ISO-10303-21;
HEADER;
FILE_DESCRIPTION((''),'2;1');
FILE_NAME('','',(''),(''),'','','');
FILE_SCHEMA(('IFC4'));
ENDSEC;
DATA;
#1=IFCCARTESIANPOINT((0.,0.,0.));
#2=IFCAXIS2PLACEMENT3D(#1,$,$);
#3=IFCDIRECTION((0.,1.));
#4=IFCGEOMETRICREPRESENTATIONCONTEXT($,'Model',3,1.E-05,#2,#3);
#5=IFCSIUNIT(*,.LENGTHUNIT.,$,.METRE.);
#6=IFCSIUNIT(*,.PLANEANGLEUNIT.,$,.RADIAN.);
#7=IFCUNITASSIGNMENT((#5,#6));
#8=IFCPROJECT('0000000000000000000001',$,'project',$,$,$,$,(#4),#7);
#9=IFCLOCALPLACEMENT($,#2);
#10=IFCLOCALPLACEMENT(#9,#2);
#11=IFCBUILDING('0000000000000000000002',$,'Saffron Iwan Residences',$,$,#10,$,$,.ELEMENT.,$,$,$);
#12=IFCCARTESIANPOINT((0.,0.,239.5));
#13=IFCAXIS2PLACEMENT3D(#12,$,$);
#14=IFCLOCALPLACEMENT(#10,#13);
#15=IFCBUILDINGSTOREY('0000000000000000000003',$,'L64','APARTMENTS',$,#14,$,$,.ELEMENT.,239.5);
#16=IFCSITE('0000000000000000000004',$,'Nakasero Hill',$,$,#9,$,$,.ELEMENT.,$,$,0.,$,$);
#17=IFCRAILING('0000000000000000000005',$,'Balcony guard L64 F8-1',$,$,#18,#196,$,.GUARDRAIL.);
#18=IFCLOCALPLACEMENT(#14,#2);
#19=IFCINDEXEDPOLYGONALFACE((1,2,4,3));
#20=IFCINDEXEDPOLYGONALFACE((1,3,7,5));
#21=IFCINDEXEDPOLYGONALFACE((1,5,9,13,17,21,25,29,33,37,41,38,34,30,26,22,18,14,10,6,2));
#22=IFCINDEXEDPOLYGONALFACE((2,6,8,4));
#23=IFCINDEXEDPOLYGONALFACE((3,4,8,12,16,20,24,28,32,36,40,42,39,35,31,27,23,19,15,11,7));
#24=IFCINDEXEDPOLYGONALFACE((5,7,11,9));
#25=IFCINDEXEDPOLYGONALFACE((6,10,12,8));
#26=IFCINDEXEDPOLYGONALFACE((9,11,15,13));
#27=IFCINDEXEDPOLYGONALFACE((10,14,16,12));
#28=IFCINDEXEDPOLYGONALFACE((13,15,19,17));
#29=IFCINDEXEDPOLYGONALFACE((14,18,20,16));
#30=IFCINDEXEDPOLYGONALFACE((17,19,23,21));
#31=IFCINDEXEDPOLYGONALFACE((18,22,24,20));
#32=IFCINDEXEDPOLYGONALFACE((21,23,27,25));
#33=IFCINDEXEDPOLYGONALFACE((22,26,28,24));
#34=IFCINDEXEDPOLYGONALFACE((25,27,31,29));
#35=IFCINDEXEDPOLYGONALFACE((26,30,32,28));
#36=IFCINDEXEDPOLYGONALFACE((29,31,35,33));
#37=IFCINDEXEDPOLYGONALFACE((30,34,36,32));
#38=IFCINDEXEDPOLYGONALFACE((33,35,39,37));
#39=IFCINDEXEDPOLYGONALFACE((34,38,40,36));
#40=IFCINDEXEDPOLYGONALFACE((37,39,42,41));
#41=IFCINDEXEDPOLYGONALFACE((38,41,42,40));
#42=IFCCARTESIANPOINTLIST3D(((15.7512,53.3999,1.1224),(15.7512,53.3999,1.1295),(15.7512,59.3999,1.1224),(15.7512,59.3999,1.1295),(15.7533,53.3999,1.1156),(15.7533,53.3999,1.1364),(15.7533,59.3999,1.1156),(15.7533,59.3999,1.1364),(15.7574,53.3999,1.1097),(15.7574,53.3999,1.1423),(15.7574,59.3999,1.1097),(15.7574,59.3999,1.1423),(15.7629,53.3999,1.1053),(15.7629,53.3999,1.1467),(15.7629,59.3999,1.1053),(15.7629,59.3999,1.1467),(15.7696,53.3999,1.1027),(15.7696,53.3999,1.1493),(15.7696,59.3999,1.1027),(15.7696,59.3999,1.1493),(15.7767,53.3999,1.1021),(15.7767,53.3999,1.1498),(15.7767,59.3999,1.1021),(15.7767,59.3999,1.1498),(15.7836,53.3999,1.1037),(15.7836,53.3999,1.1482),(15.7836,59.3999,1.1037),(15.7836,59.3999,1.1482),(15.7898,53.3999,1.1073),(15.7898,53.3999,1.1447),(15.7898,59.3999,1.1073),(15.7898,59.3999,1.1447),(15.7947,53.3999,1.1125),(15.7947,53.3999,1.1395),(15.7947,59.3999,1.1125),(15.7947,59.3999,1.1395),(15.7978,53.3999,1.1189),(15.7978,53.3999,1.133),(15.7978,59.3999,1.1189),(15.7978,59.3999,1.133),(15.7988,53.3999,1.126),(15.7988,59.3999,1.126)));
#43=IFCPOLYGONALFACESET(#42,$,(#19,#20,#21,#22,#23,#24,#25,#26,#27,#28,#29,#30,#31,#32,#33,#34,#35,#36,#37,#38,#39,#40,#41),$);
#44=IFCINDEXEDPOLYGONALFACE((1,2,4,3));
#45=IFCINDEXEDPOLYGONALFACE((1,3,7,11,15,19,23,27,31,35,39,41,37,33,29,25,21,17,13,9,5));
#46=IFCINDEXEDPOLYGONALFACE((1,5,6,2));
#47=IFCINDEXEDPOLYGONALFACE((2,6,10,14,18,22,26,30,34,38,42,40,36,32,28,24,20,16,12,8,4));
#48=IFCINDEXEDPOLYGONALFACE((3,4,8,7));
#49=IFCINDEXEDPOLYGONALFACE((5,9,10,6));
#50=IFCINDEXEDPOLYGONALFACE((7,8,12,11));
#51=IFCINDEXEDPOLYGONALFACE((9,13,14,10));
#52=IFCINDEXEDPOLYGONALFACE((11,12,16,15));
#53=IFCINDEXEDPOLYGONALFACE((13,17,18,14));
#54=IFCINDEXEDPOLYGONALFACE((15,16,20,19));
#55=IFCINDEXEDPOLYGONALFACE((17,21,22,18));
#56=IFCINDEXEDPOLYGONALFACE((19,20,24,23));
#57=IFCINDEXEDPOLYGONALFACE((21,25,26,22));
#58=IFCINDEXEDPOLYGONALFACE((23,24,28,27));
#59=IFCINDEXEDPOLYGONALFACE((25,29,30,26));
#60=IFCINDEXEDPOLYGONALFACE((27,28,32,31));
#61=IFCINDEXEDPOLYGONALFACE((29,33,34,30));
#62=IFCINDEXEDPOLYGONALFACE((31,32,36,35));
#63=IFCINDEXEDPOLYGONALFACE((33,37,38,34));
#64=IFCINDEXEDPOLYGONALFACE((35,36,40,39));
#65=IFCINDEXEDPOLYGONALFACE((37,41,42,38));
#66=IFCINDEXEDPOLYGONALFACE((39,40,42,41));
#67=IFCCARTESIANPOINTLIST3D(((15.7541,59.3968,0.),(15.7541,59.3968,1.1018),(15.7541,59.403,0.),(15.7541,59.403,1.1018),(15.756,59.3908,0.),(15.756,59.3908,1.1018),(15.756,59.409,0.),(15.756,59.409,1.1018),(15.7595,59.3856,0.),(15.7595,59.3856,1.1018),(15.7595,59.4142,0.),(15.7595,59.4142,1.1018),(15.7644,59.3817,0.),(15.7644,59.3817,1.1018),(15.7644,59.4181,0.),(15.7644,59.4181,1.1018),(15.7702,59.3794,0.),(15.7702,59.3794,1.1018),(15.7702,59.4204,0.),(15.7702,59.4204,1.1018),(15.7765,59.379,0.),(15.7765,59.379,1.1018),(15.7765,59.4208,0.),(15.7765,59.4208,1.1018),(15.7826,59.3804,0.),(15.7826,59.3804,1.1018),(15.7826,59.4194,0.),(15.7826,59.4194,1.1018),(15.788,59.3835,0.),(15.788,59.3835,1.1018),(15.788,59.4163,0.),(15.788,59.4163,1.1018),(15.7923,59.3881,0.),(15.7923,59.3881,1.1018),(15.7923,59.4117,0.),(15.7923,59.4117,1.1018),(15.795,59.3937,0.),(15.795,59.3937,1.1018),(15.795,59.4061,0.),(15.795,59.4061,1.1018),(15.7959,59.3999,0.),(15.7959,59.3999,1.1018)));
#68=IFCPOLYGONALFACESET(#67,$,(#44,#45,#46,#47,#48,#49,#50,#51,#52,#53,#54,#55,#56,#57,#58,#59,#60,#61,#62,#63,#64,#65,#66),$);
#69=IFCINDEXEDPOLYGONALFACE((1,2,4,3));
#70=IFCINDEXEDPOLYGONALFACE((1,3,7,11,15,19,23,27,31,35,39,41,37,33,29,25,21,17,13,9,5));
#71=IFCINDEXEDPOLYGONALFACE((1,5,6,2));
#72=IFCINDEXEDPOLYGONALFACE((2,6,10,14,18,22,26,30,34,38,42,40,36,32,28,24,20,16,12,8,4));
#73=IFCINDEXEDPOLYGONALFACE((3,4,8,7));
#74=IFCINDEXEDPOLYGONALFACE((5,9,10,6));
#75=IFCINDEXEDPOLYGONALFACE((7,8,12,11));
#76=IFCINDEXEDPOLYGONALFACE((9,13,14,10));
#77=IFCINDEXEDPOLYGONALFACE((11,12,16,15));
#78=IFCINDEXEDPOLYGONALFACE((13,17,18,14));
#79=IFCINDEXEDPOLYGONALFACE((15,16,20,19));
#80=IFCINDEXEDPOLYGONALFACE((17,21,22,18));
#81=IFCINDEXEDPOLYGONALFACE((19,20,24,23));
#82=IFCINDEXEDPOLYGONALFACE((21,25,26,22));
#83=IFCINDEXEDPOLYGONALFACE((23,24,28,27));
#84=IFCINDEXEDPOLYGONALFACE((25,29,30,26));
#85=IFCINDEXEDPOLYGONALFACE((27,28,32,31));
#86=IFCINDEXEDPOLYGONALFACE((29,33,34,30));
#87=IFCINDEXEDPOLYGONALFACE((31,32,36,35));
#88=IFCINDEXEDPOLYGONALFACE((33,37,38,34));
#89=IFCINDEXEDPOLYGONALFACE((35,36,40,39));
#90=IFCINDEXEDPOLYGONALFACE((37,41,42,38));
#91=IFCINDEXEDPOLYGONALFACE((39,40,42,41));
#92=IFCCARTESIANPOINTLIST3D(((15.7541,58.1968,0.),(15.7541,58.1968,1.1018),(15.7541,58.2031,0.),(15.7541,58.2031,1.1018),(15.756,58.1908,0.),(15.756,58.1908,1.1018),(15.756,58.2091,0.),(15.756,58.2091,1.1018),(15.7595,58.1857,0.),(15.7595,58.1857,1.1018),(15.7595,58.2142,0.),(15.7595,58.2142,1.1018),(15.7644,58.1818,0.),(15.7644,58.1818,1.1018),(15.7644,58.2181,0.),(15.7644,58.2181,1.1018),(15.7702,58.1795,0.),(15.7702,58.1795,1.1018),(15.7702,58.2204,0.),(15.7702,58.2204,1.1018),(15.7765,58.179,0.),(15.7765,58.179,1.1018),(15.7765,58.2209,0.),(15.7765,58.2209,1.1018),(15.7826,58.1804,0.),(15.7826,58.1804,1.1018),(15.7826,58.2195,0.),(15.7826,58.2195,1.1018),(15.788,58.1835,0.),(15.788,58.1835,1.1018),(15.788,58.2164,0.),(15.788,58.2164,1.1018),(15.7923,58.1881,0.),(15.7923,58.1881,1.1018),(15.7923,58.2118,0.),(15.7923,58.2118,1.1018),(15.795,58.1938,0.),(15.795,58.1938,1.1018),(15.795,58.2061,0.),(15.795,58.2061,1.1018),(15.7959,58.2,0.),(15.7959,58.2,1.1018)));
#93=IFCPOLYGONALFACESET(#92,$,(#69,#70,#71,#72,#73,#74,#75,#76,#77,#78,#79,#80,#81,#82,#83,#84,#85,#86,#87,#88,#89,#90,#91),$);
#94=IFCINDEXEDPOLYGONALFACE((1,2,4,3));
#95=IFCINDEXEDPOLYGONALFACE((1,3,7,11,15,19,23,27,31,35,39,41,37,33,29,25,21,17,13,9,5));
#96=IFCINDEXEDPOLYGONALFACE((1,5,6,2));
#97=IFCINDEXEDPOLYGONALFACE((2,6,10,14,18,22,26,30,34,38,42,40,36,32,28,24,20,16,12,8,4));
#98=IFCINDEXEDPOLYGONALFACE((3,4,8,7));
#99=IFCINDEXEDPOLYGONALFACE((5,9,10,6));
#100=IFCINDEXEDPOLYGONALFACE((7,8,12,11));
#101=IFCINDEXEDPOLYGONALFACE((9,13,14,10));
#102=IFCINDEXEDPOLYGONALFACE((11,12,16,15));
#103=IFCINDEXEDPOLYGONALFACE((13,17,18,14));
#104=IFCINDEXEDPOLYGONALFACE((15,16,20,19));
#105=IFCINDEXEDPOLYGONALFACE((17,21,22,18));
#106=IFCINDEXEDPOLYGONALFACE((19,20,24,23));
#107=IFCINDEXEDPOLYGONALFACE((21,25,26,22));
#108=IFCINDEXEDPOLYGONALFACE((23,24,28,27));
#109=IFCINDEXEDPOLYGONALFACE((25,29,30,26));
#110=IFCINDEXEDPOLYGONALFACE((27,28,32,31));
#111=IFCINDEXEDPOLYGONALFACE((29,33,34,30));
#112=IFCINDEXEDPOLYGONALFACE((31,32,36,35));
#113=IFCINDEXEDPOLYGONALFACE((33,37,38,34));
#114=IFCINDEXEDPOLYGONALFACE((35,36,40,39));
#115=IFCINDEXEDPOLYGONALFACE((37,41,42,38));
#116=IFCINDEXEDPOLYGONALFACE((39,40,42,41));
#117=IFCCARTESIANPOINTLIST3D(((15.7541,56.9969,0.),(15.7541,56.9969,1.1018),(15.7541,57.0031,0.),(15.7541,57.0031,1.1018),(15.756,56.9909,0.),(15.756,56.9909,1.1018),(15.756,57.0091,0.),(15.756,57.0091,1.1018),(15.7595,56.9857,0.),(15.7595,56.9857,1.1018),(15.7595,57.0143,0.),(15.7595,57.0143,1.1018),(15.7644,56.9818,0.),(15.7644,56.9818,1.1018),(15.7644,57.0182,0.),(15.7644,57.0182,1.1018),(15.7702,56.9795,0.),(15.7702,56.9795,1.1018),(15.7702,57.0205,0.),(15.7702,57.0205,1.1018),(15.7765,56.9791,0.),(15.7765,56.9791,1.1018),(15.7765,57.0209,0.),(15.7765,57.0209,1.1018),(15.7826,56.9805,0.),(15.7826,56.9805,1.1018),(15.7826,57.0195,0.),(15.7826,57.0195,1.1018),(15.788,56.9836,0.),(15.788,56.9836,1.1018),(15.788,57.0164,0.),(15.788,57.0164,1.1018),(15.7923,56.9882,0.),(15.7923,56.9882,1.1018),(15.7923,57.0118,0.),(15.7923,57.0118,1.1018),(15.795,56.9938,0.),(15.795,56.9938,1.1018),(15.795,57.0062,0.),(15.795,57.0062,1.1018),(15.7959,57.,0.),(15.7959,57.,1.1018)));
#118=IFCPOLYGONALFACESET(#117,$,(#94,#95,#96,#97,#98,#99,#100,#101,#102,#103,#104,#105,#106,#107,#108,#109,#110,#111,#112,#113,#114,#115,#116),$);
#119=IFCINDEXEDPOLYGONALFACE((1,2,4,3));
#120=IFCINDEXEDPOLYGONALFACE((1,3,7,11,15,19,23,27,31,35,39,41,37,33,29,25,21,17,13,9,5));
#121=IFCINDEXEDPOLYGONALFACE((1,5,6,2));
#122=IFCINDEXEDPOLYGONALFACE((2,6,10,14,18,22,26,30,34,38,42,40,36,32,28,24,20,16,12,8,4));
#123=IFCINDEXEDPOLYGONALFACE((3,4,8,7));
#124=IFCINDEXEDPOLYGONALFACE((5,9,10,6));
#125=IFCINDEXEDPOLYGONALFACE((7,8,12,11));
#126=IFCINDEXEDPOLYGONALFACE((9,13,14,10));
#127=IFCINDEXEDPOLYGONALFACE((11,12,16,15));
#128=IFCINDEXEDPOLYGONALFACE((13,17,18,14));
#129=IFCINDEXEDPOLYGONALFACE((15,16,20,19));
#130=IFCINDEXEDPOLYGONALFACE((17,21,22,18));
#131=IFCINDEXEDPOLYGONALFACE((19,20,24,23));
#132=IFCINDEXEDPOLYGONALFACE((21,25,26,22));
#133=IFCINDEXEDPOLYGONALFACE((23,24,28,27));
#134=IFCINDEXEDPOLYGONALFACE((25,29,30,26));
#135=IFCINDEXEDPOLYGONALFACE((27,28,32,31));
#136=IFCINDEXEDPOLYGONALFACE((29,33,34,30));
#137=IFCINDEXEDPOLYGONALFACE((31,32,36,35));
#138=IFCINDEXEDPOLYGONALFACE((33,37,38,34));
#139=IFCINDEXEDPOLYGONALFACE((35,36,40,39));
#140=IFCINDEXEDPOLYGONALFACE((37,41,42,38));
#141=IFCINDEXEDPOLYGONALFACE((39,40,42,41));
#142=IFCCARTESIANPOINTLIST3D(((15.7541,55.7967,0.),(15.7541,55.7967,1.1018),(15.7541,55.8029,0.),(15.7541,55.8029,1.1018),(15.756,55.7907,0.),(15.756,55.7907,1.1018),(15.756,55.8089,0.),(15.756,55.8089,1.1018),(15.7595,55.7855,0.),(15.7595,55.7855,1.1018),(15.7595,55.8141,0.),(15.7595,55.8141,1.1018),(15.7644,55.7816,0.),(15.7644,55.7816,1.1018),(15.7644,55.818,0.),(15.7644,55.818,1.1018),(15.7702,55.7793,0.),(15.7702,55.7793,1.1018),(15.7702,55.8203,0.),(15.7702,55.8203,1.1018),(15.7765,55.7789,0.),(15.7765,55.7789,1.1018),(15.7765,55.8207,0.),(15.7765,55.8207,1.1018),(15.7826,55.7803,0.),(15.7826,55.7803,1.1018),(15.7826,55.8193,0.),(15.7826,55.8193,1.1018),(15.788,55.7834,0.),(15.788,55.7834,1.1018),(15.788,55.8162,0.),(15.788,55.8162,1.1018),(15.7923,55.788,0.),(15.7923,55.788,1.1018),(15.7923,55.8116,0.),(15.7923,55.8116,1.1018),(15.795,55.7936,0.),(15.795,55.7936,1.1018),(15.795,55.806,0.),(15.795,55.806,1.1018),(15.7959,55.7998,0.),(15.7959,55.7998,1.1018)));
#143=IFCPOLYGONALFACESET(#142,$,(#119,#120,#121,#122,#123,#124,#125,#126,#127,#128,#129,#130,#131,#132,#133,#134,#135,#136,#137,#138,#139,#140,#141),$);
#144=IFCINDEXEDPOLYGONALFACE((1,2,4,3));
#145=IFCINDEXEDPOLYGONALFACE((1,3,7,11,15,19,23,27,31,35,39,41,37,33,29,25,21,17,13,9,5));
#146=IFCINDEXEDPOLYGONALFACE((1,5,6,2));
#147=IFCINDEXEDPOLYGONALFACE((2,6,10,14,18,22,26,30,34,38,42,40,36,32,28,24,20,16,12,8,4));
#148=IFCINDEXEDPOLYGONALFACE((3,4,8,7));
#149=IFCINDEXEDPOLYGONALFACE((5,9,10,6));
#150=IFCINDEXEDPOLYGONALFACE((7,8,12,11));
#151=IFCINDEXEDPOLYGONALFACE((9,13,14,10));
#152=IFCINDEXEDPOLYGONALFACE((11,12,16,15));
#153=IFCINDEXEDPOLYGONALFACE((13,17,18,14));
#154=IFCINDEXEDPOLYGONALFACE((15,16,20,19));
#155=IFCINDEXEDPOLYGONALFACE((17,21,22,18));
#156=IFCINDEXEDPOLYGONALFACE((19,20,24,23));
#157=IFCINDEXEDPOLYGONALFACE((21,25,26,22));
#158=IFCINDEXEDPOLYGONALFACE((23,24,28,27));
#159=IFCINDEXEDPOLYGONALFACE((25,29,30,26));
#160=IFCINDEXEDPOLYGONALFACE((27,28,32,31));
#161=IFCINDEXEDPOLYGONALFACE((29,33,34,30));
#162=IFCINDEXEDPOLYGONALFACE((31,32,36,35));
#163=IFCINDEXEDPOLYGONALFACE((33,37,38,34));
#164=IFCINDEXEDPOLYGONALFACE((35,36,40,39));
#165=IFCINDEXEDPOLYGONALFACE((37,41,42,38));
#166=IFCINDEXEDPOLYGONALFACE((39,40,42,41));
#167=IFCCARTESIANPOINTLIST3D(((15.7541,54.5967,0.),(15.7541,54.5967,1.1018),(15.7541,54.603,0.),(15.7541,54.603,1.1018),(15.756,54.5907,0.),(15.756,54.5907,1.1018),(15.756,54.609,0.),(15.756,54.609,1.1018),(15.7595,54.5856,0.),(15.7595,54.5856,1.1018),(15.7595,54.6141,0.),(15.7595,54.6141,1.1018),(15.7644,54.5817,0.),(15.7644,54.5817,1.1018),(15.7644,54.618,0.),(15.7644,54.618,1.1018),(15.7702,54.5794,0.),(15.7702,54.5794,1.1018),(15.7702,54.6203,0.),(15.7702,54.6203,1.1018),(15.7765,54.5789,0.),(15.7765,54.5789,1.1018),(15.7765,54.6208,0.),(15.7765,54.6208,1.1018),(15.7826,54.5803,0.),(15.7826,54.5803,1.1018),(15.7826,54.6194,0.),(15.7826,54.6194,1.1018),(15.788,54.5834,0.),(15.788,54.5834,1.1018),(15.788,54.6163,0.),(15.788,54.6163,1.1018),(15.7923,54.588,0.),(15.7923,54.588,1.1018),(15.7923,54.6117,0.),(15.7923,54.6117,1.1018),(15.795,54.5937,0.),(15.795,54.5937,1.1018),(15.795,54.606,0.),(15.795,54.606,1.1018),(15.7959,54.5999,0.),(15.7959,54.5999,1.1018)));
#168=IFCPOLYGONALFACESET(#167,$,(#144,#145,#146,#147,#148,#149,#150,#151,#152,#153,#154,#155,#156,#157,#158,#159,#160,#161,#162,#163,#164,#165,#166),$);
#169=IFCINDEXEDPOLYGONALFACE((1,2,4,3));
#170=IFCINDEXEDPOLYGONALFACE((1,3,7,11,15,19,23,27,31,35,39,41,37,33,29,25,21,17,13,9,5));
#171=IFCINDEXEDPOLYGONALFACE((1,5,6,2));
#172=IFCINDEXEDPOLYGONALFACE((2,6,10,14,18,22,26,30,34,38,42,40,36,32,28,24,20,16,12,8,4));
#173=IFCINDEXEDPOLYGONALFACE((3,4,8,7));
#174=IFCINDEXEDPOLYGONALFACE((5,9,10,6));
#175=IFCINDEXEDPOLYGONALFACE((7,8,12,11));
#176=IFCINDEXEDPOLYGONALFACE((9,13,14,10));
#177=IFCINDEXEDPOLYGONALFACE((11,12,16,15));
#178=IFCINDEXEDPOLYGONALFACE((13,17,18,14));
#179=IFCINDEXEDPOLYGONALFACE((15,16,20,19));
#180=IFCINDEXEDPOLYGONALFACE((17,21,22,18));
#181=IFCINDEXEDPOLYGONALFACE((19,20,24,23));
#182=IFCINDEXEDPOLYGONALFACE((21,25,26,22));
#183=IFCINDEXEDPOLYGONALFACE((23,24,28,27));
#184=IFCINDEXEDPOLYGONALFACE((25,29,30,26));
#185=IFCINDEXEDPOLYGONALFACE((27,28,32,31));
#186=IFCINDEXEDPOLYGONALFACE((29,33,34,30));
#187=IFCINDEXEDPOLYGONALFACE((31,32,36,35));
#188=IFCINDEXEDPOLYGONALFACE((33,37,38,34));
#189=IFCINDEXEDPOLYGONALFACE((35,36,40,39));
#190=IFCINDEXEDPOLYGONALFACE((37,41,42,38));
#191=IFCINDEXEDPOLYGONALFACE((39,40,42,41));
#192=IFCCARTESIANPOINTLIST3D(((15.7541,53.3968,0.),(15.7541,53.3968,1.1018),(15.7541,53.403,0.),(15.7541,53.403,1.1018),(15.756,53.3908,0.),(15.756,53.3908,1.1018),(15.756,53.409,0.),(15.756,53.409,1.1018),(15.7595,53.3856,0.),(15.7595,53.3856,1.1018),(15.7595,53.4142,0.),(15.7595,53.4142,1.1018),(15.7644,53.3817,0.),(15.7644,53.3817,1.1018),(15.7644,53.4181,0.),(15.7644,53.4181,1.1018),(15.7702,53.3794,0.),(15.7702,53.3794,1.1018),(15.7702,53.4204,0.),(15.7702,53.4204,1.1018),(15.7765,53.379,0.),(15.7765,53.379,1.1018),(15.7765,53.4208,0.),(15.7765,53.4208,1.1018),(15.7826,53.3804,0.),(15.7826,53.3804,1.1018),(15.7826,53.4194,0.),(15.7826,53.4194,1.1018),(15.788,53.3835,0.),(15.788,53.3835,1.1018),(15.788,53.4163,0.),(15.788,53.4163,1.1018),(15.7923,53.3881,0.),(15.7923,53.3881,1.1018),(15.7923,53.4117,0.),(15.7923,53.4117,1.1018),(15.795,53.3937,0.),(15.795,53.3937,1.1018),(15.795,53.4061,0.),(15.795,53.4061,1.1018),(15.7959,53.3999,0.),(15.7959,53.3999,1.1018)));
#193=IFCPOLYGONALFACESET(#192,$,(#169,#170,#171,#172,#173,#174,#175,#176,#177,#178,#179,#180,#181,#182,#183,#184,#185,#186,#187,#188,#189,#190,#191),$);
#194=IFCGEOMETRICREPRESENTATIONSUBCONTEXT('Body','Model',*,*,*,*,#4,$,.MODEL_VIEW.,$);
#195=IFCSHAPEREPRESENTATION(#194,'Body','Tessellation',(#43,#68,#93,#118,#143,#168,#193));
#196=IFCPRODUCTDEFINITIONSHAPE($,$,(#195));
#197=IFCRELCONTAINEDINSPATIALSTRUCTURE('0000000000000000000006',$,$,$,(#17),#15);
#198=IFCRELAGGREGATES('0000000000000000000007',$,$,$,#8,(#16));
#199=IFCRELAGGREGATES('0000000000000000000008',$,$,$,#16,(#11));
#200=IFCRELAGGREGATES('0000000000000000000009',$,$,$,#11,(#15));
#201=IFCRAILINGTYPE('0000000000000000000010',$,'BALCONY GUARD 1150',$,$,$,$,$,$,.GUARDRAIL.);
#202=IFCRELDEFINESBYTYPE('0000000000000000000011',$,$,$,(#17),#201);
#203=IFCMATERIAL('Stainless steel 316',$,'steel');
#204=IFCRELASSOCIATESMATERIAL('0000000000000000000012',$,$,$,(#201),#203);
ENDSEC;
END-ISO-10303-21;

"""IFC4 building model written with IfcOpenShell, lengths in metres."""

from ifc_helpers import new_model, si_unit, direction, frame, origin, origin_2d, place, context, subcontext, project, spatial, circle, extrude, material, type_object, element, save


model = new_model("IFC4")

# Units and contexts
model_context = context("Model", 3, precision=1e-05, world=origin(), true_north=direction((0.0, 1.0)))
body_context = subcontext(model_context, "Body", "Model", "MODEL_VIEW")
ifc_project = project(units=[si_unit("LENGTHUNIT", "METRE"), si_unit("PLANEANGLEUNIT", "RADIAN")], contexts=[model_context])

# Site, building, storey
site_placement = place(None, origin())
site = spatial("IfcSite", under=ifc_project, at=site_placement, Name="Nakasero Hill", CompositionType="ELEMENT", RefElevation=0.0)
building_placement = place(site_placement, origin())
building = spatial("IfcBuilding", under=site, at=building_placement, Name="Saffron Iwan Residences", CompositionType="ELEMENT")
storey_placement = place(building_placement, frame((0.0, 0.0, 239.5)))
storey = spatial("IfcBuildingStorey", under=building, at=storey_placement, Name="L64", Description="APARTMENTS", CompositionType="ELEMENT", Elevation=239.5)

# Railing
ifc_material_1 = material(Name="Stainless steel 316", Category="steel")
railing_type = type_object("IfcRailingType", Name="BALCONY GUARD 1150", PredefinedType="GUARDRAIL", material=ifc_material_1)
railing_placement = place(storey_placement, frame((15.7749, 59.3999, 0.0)))
element("IfcRailing", 1, at=railing_placement, inside=storey, type_object=railing_type, Name="Balcony guard L64 F8-1", PredefinedType="GUARDRAIL", context=body_context, shape_type="SweptSolid", body=[
    extrude(circle(Radius=0.0239, at=origin_2d()), frame((0.0, 0.0, 1.126), z_axis=(0.0, -1.0, 0.0), x_axis=(1.0, 0.0, 0.0)), (0.0, 0.0, 1.0), 6.0),
    extrude(circle(Radius=0.021, at=origin_2d()), origin(), (0.0, 0.0, 1.0), 1.1018),
    extrude(circle(Radius=0.021, at=origin_2d()), frame((0.0, -1.2, 0.0)), (0.0, 0.0, 1.0), 1.1018),
    extrude(circle(Radius=0.021, at=origin_2d()), frame((0.0, -2.3999, 0.0)), (0.0, 0.0, 1.0), 1.1018),
    extrude(circle(Radius=0.021, at=origin_2d()), frame((0.0, -3.6001, 0.0)), (0.0, 0.0, 1.0), 1.1018),
    extrude(circle(Radius=0.021, at=origin_2d()), frame((0.0, -4.8, 0.0)), (0.0, 0.0, 1.0), 1.1018),
    extrude(circle(Radius=0.021, at=origin_2d()), frame((0.0, -6.0, 0.0)), (0.0, 0.0, 1.0), 1.1018),
])

save(model, "model.ifc")
